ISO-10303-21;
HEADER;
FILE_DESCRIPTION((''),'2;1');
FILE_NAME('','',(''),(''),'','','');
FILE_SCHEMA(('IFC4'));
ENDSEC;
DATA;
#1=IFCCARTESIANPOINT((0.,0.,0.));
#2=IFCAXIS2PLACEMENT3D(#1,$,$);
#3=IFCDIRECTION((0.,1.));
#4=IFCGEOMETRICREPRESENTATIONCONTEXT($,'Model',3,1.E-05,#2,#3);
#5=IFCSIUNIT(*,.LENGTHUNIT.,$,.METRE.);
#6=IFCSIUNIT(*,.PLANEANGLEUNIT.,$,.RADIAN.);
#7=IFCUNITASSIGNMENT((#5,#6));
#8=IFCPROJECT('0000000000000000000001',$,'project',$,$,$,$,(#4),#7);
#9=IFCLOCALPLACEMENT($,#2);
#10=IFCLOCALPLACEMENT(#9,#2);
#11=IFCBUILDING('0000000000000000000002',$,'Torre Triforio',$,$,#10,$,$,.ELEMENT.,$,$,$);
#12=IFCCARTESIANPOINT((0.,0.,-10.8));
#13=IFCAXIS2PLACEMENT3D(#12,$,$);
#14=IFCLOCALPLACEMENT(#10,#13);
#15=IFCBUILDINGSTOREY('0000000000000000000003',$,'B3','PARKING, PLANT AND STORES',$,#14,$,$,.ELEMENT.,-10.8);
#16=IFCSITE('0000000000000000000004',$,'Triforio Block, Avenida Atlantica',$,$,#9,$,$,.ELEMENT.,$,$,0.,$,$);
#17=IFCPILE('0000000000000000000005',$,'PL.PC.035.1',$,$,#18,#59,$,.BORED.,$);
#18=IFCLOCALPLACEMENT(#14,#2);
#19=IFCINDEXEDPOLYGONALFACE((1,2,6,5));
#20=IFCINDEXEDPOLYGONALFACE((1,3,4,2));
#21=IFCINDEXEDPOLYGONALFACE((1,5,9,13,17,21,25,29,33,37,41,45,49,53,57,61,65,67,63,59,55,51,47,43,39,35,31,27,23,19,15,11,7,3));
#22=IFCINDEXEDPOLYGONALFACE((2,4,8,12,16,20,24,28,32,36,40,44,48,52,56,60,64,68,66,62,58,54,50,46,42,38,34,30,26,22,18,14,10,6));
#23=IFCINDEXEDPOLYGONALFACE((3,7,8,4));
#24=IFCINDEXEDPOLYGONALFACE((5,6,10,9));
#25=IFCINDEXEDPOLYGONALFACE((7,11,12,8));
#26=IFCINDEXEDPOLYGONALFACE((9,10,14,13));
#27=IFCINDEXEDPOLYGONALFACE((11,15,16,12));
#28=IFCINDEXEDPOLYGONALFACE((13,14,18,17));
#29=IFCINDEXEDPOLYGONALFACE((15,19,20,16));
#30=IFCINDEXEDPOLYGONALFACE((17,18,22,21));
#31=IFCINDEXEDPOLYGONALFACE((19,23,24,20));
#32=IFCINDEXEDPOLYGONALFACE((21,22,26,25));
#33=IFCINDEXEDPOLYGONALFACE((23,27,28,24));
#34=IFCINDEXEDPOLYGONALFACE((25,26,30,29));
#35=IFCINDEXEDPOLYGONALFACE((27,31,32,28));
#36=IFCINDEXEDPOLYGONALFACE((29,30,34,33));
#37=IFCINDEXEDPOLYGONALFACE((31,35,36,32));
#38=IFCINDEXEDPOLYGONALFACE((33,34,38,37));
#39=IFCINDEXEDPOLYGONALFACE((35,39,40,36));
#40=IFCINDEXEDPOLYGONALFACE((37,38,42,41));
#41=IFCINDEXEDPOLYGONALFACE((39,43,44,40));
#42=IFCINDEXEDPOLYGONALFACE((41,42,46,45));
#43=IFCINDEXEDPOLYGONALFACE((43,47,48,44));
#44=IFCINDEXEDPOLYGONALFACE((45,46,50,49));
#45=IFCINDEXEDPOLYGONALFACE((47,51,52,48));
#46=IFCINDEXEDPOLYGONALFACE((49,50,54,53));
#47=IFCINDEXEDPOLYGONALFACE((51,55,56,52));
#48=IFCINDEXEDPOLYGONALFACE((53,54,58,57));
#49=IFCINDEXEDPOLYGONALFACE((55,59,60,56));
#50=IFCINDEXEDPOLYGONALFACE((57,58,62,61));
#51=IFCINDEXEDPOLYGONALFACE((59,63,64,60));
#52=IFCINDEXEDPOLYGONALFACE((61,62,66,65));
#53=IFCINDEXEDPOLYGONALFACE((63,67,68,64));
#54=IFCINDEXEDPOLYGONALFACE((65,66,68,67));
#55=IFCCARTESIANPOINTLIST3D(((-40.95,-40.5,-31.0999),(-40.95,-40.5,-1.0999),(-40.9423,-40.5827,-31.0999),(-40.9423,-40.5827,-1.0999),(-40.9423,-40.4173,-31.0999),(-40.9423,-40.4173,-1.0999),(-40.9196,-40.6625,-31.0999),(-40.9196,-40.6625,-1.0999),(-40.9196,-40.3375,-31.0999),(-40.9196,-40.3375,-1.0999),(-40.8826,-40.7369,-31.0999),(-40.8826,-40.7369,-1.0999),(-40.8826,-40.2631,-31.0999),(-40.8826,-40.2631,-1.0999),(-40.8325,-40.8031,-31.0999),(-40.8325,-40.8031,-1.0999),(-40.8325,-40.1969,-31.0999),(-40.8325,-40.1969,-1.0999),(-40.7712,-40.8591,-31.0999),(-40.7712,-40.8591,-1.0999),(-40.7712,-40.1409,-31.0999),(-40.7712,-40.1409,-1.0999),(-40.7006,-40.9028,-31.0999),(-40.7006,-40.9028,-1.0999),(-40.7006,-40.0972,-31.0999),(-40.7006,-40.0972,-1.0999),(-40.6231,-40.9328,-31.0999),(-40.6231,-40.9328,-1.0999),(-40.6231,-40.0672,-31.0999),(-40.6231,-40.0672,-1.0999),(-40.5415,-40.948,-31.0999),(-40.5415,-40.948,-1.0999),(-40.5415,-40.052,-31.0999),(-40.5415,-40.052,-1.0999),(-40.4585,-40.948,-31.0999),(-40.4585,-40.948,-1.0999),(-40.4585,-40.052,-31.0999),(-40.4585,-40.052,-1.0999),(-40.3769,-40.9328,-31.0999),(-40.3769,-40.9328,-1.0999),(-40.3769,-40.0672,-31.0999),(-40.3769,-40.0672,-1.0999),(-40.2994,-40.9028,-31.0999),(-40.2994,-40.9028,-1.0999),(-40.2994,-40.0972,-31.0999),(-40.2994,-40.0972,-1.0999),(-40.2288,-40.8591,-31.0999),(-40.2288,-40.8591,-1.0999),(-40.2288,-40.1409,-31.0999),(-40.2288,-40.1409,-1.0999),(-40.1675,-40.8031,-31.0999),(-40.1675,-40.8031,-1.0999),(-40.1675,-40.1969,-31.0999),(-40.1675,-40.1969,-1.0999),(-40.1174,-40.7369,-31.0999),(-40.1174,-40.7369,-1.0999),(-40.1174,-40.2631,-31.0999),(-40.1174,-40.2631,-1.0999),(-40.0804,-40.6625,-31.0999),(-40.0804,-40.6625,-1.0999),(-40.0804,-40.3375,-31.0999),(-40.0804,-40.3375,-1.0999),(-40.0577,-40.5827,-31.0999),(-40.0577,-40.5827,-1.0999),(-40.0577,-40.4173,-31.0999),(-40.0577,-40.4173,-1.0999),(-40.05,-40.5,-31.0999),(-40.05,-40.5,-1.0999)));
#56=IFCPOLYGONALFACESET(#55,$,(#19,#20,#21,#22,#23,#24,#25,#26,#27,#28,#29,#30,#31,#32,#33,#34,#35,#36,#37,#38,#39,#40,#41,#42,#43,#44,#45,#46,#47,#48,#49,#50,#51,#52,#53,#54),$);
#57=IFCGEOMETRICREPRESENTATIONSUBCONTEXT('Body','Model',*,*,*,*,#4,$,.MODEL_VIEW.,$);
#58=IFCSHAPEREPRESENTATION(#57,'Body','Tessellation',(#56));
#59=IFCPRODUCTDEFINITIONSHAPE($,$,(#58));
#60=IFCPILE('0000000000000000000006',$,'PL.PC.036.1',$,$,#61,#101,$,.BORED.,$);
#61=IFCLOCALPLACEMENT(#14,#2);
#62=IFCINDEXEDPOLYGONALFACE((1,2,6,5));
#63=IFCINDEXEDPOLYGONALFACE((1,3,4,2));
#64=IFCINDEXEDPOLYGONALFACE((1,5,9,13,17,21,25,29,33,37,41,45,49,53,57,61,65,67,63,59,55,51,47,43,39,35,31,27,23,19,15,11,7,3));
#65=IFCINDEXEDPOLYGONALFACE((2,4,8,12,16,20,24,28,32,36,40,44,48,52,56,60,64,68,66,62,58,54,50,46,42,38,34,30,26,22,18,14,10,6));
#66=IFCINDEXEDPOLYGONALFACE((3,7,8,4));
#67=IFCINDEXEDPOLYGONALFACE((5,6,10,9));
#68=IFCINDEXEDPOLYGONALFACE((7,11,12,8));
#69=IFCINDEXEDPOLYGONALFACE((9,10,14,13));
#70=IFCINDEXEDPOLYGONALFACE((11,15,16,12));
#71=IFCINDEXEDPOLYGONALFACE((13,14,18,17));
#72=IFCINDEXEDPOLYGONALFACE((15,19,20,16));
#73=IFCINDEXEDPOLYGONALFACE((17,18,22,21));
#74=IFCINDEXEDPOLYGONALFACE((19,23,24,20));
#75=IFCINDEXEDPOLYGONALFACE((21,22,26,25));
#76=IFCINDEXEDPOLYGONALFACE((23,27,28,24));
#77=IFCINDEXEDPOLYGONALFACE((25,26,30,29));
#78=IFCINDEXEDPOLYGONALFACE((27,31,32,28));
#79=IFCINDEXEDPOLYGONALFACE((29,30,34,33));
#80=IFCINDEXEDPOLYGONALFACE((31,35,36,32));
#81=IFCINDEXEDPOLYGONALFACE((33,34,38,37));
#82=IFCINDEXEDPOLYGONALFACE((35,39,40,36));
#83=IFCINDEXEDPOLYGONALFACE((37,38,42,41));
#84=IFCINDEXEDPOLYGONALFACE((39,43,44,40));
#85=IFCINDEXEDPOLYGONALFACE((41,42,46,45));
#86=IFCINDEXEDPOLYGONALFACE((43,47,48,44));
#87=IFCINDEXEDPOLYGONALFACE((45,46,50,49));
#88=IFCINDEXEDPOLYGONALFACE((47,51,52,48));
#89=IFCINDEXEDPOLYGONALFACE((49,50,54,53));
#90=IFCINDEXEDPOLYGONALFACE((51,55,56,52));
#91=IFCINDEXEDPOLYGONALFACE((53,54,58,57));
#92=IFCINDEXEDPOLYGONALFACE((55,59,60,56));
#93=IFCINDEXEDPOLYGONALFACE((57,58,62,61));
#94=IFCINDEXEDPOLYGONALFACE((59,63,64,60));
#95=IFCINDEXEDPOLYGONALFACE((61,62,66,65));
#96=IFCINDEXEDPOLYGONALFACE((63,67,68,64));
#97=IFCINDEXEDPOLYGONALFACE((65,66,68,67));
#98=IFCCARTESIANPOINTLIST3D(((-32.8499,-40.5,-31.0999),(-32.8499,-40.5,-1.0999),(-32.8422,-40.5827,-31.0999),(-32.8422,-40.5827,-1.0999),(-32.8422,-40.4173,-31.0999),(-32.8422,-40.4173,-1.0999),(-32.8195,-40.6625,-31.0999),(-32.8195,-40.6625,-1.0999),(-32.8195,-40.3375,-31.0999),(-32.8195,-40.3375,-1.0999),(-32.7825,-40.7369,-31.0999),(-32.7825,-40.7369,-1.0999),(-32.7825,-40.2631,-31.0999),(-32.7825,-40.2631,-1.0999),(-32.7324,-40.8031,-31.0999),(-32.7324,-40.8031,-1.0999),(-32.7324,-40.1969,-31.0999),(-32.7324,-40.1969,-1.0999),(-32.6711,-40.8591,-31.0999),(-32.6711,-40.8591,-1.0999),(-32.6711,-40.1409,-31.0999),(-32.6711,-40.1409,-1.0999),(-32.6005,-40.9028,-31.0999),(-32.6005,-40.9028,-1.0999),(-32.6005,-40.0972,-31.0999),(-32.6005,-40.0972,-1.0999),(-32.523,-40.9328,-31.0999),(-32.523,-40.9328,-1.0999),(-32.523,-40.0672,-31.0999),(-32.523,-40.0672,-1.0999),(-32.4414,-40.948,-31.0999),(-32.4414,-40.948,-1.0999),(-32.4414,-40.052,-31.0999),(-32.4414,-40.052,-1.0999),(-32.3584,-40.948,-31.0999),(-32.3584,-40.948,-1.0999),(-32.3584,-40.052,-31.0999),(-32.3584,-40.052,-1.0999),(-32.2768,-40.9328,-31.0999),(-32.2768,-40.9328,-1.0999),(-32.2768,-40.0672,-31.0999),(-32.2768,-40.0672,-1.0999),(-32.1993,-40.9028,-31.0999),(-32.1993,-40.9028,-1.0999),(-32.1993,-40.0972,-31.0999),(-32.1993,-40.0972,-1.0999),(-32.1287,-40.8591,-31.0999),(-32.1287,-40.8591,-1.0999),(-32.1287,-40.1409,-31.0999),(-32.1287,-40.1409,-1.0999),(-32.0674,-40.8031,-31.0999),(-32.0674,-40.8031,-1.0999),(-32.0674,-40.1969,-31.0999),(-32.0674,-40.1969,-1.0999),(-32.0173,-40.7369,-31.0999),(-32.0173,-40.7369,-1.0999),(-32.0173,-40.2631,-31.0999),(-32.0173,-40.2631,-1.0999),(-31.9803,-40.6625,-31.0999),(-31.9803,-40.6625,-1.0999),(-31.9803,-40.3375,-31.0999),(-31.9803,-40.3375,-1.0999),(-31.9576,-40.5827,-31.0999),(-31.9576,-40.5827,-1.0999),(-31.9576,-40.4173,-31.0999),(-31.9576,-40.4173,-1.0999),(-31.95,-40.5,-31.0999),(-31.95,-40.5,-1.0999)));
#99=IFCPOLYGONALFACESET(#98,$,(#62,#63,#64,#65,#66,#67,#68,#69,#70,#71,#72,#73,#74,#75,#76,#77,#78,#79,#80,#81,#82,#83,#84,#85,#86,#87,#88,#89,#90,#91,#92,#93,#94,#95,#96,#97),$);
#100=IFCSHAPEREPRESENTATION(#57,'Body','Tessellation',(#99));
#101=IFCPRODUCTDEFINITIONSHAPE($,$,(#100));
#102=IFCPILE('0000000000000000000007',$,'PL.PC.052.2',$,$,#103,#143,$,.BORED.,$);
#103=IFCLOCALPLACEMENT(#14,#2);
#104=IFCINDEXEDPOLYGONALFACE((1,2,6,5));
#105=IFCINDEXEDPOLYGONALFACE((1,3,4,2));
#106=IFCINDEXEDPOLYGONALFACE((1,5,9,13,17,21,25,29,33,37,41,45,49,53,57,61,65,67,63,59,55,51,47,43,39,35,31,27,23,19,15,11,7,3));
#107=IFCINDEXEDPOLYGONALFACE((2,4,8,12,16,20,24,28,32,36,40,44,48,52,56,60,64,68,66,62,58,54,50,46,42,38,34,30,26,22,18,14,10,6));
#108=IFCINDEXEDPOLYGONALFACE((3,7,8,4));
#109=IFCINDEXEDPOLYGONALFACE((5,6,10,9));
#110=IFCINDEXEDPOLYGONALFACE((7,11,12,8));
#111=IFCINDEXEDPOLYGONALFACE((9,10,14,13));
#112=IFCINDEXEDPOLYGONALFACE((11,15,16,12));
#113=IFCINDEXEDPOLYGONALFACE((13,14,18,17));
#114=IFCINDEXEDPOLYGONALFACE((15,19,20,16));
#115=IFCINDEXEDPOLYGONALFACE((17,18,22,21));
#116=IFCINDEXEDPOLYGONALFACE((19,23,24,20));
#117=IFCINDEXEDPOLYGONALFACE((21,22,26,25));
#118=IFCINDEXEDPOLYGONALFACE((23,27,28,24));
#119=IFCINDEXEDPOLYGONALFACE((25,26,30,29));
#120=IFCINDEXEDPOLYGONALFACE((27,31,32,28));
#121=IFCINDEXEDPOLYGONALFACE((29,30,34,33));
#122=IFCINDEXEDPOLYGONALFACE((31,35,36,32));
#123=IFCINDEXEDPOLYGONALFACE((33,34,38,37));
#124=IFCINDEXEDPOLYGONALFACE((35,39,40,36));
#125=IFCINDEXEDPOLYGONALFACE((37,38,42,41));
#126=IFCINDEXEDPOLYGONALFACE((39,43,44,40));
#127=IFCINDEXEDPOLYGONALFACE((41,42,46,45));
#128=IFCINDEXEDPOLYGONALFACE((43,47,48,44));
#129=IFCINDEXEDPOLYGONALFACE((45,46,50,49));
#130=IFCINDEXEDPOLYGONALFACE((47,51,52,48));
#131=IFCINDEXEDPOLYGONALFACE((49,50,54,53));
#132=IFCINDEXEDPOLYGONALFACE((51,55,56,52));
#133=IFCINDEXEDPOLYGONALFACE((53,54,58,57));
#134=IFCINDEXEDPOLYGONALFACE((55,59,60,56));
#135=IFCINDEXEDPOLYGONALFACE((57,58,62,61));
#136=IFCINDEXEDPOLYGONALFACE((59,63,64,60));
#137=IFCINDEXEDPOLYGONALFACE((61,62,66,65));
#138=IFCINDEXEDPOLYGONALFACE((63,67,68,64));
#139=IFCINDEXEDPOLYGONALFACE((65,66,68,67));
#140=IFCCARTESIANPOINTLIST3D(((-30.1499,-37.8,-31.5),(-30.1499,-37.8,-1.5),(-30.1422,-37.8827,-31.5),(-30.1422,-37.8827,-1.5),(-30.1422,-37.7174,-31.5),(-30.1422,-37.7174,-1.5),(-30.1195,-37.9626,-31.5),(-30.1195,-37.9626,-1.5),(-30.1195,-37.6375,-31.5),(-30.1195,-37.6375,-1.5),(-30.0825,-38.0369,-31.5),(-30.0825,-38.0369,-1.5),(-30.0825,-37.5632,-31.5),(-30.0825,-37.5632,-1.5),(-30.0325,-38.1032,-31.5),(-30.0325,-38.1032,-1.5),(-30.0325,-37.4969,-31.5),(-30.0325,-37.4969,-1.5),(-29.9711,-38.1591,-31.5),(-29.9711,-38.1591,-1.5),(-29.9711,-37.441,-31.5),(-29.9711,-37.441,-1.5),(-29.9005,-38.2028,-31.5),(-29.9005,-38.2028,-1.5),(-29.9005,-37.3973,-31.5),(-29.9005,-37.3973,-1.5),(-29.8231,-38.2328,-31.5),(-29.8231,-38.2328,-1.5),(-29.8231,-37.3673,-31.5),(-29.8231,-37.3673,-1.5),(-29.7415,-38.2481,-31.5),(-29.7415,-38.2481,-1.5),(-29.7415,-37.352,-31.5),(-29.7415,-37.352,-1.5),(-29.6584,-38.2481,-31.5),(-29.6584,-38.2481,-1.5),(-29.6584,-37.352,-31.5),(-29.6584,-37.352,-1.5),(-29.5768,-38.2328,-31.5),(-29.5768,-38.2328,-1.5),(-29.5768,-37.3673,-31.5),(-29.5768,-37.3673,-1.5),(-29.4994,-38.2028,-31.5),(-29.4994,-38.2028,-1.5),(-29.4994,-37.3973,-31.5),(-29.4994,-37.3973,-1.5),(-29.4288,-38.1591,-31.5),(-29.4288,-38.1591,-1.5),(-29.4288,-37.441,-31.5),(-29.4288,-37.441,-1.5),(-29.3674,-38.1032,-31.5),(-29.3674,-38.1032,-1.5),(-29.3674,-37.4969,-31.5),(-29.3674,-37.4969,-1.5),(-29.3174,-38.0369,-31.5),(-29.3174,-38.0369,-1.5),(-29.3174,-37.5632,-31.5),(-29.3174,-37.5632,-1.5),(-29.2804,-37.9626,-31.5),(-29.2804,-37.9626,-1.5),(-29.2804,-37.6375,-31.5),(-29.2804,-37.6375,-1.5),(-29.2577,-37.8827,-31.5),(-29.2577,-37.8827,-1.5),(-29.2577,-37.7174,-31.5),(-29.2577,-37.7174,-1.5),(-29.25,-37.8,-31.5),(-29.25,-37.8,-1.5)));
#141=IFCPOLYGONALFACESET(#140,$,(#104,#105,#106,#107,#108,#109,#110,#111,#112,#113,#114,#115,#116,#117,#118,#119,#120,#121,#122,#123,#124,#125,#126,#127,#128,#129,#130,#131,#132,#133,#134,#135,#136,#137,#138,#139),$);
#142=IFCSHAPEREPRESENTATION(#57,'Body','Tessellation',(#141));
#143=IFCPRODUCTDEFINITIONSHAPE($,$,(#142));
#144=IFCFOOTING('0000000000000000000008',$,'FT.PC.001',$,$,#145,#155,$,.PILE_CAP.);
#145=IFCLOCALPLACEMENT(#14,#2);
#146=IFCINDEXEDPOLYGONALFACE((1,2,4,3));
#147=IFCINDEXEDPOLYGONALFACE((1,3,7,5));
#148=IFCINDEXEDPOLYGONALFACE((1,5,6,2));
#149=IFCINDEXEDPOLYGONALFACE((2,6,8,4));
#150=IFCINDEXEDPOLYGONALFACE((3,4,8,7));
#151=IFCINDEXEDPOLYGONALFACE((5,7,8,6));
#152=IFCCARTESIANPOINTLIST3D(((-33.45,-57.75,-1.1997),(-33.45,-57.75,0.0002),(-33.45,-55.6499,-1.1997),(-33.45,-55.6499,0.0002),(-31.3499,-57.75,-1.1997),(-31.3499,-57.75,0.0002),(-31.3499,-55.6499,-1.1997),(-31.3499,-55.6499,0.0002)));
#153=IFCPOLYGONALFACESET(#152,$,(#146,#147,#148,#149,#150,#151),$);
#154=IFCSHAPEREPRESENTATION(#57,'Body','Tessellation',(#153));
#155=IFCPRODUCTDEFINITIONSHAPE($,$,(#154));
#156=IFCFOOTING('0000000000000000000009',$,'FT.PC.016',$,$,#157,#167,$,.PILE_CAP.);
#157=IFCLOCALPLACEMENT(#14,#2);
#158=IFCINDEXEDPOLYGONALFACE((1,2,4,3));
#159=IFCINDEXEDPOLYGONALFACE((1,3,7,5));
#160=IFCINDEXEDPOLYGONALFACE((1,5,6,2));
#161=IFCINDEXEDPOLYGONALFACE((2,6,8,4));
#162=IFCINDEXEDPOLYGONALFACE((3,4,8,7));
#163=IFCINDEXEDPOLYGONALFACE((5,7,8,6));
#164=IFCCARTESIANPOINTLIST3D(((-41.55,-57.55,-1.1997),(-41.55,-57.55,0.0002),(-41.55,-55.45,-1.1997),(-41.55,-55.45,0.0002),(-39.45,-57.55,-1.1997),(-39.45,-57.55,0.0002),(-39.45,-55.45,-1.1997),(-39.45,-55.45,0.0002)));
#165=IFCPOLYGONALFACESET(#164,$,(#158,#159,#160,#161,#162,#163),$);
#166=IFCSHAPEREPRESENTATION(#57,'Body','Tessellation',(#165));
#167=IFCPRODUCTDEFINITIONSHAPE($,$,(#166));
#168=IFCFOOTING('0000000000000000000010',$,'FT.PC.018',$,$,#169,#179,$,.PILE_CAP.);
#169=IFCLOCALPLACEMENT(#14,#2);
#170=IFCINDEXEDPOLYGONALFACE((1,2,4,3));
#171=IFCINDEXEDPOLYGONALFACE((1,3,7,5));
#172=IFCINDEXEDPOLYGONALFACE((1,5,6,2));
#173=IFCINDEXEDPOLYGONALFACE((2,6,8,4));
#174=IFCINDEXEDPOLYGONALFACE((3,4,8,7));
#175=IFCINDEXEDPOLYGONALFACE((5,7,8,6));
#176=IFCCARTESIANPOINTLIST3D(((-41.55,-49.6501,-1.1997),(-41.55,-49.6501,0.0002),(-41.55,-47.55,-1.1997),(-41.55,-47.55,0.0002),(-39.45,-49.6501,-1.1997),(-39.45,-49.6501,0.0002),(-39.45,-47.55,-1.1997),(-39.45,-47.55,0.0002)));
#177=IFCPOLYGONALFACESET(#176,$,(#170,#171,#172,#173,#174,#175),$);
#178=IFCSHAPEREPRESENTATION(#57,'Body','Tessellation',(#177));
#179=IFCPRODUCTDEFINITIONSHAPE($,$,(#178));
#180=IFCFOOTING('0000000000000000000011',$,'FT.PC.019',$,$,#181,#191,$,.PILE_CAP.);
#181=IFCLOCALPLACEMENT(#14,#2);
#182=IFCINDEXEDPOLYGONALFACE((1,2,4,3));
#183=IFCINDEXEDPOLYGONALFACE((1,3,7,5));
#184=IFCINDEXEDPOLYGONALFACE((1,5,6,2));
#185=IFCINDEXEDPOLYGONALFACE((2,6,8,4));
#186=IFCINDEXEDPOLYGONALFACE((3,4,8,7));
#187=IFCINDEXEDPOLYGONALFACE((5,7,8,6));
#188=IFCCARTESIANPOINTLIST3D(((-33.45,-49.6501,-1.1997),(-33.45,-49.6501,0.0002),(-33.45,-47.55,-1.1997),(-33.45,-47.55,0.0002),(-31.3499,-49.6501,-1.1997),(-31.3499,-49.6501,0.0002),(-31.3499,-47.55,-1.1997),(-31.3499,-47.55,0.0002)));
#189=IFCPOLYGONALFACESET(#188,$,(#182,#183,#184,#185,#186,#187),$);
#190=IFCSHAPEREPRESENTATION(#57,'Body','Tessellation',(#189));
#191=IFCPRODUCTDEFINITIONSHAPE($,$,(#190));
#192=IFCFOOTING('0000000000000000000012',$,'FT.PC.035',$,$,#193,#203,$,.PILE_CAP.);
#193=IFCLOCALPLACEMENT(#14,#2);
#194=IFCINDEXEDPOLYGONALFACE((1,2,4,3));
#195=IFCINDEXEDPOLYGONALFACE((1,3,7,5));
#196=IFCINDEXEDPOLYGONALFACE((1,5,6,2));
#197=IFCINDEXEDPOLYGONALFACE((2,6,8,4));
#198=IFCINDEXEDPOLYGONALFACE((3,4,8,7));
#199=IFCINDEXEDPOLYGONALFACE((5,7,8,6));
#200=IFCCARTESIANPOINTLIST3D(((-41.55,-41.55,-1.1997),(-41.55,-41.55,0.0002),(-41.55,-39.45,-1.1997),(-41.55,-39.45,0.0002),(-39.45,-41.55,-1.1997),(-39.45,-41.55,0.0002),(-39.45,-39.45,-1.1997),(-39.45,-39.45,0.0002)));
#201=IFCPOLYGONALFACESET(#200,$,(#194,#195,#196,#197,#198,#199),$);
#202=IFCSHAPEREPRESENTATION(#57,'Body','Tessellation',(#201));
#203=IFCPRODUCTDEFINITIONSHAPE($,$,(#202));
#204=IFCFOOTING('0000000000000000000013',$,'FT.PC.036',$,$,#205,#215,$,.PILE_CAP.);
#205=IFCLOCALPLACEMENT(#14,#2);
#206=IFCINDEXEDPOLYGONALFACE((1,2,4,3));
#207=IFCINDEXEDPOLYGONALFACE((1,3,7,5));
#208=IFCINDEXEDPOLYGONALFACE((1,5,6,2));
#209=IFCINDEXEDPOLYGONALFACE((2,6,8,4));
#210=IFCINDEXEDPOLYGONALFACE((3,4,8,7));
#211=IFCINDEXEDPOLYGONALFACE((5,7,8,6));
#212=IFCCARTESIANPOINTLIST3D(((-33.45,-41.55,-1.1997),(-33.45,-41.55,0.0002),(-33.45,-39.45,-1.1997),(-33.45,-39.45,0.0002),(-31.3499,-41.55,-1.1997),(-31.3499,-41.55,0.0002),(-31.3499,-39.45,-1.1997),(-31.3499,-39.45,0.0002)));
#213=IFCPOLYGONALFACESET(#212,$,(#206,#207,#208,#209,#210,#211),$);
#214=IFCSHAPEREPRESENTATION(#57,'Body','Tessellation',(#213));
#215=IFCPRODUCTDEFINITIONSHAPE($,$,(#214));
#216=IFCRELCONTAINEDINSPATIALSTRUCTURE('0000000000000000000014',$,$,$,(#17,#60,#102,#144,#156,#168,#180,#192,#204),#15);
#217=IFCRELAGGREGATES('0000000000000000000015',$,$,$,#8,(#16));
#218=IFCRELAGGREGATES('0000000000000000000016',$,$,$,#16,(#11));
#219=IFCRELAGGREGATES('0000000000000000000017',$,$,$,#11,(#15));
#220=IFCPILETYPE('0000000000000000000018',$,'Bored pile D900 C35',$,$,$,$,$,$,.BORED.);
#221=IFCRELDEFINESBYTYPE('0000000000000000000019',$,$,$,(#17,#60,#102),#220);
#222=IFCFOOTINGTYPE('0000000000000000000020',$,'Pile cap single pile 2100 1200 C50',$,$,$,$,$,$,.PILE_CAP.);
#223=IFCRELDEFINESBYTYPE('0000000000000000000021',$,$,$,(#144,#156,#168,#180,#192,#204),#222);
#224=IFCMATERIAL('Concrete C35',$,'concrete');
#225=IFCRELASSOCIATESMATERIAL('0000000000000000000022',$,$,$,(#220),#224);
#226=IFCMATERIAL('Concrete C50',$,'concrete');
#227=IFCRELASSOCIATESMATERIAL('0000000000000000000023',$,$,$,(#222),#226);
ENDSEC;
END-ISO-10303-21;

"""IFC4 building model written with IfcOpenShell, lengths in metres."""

from ifc_helpers import new_model, si_unit, direction, frame, origin, origin_2d, place, context, subcontext, project, spatial, rectangle, circle, extrude, material, material_profile, profile_set, type_object, element, save


model = new_model("IFC4")

# Units and contexts
model_context = context("Model", 3, precision=1e-05, world=origin(), true_north=direction((0.0, 1.0)))
body_context = subcontext(model_context, "Body", "Model", "MODEL_VIEW")
ifc_project = project(units=[si_unit("LENGTHUNIT", "METRE"), si_unit("PLANEANGLEUNIT", "RADIAN")], contexts=[model_context])

# Site, building, storey
site_placement = place(None, origin())
site = spatial("IfcSite", under=ifc_project, at=site_placement, Name="Triforio Block, Avenida Atlantica", CompositionType="ELEMENT", RefElevation=0.0)
building_placement = place(site_placement, origin())
building = spatial("IfcBuilding", under=site, at=building_placement, Name="Torre Triforio", CompositionType="ELEMENT")
storey_placement = place(building_placement, frame((0.0, 0.0, -10.8)))
storey = spatial("IfcBuildingStorey", under=building, at=storey_placement, Name="B3", Description="PARKING, PLANT AND STORES", CompositionType="ELEMENT", Elevation=-10.8)

# Piles
ifc_material_1 = material(Name="Concrete C35", Category="concrete")
ifc_material_profile_1 = material_profile(ifc_material_1, circle(Radius=0.45, at=origin_2d()), Name="RC D900")
ifc_profile_set_1 = profile_set([ifc_material_profile_1], Name="Concrete C35")
pile_type = type_object("IfcPileType", Name="Bored pile D900 C35", PredefinedType="BORED", material=ifc_profile_set_1)
for number, where, z_axis, x_axis, name in (
    (1, (-40.5, -40.5, -1.0999), (0.0, 0.0, -1.0), (1.0, 0.0, 0.0), "PL.PC.035.1"),
    (2, (-32.3999, -40.5, -1.0999), (0.0, 0.0, -1.0), (1.0, 0.0, 0.0), "PL.PC.036.1"),
    (3, (-29.7, -37.8, -1.5), (0.0, 0.0, -1.0), (1.0, 0.0, 0.0), "PL.PC.052.2"),
):
    element("IfcPile", number, at=place(storey_placement, frame(where, z_axis=z_axis, x_axis=x_axis)), inside=storey, type_object=pile_type, Name=name, PredefinedType="BORED", context=body_context, shape_type="SweptSolid", body=[
        extrude(circle(Radius=0.45, at=origin_2d()), origin(), (0.0, 0.0, 1.0), 30.0),
    ])

# Footings
ifc_material_2 = material(Name="Concrete C50", Category="concrete")
footing_type = type_object("IfcFootingType", Name="Pile cap single pile 2100 1200 C50", PredefinedType="PILE_CAP", material=ifc_material_2)
for number, where, z_axis, x_axis, name in (
    (4, (-32.3999, -56.7, -1.1997), (0.0, 0.0, 1.0), (1.0, 0.0, 0.0), "FT.PC.001"),
    (5, (-40.5, -56.5, -1.1997), (0.0, 0.0, 1.0), (1.0, 0.0, 0.0), "FT.PC.016"),
    (6, (-40.5, -48.6001, -1.1997), (0.0, 0.0, 1.0), (1.0, 0.0, 0.0), "FT.PC.018"),
    (7, (-32.3999, -48.6001, -1.1997), (0.0, 0.0, 1.0), (1.0, 0.0, 0.0), "FT.PC.019"),
    (8, (-40.5, -40.5, -1.1997), (0.0, 0.0, 1.0), (1.0, 0.0, 0.0), "FT.PC.035"),
    (9, (-32.3999, -40.5, -1.1997), (0.0, 0.0, 1.0), (1.0, 0.0, 0.0), "FT.PC.036"),
):
    element("IfcFooting", number, at=place(storey_placement, frame(where, z_axis=z_axis, x_axis=x_axis)), inside=storey, type_object=footing_type, Name=name, PredefinedType="PILE_CAP", context=body_context, shape_type="SweptSolid", body=[
        extrude(rectangle(XDim=2.1001, YDim=2.1001, at=origin_2d()), origin(), (0.0, 0.0, 1.0), 1.2),
    ])

save(model, "model.ifc")
